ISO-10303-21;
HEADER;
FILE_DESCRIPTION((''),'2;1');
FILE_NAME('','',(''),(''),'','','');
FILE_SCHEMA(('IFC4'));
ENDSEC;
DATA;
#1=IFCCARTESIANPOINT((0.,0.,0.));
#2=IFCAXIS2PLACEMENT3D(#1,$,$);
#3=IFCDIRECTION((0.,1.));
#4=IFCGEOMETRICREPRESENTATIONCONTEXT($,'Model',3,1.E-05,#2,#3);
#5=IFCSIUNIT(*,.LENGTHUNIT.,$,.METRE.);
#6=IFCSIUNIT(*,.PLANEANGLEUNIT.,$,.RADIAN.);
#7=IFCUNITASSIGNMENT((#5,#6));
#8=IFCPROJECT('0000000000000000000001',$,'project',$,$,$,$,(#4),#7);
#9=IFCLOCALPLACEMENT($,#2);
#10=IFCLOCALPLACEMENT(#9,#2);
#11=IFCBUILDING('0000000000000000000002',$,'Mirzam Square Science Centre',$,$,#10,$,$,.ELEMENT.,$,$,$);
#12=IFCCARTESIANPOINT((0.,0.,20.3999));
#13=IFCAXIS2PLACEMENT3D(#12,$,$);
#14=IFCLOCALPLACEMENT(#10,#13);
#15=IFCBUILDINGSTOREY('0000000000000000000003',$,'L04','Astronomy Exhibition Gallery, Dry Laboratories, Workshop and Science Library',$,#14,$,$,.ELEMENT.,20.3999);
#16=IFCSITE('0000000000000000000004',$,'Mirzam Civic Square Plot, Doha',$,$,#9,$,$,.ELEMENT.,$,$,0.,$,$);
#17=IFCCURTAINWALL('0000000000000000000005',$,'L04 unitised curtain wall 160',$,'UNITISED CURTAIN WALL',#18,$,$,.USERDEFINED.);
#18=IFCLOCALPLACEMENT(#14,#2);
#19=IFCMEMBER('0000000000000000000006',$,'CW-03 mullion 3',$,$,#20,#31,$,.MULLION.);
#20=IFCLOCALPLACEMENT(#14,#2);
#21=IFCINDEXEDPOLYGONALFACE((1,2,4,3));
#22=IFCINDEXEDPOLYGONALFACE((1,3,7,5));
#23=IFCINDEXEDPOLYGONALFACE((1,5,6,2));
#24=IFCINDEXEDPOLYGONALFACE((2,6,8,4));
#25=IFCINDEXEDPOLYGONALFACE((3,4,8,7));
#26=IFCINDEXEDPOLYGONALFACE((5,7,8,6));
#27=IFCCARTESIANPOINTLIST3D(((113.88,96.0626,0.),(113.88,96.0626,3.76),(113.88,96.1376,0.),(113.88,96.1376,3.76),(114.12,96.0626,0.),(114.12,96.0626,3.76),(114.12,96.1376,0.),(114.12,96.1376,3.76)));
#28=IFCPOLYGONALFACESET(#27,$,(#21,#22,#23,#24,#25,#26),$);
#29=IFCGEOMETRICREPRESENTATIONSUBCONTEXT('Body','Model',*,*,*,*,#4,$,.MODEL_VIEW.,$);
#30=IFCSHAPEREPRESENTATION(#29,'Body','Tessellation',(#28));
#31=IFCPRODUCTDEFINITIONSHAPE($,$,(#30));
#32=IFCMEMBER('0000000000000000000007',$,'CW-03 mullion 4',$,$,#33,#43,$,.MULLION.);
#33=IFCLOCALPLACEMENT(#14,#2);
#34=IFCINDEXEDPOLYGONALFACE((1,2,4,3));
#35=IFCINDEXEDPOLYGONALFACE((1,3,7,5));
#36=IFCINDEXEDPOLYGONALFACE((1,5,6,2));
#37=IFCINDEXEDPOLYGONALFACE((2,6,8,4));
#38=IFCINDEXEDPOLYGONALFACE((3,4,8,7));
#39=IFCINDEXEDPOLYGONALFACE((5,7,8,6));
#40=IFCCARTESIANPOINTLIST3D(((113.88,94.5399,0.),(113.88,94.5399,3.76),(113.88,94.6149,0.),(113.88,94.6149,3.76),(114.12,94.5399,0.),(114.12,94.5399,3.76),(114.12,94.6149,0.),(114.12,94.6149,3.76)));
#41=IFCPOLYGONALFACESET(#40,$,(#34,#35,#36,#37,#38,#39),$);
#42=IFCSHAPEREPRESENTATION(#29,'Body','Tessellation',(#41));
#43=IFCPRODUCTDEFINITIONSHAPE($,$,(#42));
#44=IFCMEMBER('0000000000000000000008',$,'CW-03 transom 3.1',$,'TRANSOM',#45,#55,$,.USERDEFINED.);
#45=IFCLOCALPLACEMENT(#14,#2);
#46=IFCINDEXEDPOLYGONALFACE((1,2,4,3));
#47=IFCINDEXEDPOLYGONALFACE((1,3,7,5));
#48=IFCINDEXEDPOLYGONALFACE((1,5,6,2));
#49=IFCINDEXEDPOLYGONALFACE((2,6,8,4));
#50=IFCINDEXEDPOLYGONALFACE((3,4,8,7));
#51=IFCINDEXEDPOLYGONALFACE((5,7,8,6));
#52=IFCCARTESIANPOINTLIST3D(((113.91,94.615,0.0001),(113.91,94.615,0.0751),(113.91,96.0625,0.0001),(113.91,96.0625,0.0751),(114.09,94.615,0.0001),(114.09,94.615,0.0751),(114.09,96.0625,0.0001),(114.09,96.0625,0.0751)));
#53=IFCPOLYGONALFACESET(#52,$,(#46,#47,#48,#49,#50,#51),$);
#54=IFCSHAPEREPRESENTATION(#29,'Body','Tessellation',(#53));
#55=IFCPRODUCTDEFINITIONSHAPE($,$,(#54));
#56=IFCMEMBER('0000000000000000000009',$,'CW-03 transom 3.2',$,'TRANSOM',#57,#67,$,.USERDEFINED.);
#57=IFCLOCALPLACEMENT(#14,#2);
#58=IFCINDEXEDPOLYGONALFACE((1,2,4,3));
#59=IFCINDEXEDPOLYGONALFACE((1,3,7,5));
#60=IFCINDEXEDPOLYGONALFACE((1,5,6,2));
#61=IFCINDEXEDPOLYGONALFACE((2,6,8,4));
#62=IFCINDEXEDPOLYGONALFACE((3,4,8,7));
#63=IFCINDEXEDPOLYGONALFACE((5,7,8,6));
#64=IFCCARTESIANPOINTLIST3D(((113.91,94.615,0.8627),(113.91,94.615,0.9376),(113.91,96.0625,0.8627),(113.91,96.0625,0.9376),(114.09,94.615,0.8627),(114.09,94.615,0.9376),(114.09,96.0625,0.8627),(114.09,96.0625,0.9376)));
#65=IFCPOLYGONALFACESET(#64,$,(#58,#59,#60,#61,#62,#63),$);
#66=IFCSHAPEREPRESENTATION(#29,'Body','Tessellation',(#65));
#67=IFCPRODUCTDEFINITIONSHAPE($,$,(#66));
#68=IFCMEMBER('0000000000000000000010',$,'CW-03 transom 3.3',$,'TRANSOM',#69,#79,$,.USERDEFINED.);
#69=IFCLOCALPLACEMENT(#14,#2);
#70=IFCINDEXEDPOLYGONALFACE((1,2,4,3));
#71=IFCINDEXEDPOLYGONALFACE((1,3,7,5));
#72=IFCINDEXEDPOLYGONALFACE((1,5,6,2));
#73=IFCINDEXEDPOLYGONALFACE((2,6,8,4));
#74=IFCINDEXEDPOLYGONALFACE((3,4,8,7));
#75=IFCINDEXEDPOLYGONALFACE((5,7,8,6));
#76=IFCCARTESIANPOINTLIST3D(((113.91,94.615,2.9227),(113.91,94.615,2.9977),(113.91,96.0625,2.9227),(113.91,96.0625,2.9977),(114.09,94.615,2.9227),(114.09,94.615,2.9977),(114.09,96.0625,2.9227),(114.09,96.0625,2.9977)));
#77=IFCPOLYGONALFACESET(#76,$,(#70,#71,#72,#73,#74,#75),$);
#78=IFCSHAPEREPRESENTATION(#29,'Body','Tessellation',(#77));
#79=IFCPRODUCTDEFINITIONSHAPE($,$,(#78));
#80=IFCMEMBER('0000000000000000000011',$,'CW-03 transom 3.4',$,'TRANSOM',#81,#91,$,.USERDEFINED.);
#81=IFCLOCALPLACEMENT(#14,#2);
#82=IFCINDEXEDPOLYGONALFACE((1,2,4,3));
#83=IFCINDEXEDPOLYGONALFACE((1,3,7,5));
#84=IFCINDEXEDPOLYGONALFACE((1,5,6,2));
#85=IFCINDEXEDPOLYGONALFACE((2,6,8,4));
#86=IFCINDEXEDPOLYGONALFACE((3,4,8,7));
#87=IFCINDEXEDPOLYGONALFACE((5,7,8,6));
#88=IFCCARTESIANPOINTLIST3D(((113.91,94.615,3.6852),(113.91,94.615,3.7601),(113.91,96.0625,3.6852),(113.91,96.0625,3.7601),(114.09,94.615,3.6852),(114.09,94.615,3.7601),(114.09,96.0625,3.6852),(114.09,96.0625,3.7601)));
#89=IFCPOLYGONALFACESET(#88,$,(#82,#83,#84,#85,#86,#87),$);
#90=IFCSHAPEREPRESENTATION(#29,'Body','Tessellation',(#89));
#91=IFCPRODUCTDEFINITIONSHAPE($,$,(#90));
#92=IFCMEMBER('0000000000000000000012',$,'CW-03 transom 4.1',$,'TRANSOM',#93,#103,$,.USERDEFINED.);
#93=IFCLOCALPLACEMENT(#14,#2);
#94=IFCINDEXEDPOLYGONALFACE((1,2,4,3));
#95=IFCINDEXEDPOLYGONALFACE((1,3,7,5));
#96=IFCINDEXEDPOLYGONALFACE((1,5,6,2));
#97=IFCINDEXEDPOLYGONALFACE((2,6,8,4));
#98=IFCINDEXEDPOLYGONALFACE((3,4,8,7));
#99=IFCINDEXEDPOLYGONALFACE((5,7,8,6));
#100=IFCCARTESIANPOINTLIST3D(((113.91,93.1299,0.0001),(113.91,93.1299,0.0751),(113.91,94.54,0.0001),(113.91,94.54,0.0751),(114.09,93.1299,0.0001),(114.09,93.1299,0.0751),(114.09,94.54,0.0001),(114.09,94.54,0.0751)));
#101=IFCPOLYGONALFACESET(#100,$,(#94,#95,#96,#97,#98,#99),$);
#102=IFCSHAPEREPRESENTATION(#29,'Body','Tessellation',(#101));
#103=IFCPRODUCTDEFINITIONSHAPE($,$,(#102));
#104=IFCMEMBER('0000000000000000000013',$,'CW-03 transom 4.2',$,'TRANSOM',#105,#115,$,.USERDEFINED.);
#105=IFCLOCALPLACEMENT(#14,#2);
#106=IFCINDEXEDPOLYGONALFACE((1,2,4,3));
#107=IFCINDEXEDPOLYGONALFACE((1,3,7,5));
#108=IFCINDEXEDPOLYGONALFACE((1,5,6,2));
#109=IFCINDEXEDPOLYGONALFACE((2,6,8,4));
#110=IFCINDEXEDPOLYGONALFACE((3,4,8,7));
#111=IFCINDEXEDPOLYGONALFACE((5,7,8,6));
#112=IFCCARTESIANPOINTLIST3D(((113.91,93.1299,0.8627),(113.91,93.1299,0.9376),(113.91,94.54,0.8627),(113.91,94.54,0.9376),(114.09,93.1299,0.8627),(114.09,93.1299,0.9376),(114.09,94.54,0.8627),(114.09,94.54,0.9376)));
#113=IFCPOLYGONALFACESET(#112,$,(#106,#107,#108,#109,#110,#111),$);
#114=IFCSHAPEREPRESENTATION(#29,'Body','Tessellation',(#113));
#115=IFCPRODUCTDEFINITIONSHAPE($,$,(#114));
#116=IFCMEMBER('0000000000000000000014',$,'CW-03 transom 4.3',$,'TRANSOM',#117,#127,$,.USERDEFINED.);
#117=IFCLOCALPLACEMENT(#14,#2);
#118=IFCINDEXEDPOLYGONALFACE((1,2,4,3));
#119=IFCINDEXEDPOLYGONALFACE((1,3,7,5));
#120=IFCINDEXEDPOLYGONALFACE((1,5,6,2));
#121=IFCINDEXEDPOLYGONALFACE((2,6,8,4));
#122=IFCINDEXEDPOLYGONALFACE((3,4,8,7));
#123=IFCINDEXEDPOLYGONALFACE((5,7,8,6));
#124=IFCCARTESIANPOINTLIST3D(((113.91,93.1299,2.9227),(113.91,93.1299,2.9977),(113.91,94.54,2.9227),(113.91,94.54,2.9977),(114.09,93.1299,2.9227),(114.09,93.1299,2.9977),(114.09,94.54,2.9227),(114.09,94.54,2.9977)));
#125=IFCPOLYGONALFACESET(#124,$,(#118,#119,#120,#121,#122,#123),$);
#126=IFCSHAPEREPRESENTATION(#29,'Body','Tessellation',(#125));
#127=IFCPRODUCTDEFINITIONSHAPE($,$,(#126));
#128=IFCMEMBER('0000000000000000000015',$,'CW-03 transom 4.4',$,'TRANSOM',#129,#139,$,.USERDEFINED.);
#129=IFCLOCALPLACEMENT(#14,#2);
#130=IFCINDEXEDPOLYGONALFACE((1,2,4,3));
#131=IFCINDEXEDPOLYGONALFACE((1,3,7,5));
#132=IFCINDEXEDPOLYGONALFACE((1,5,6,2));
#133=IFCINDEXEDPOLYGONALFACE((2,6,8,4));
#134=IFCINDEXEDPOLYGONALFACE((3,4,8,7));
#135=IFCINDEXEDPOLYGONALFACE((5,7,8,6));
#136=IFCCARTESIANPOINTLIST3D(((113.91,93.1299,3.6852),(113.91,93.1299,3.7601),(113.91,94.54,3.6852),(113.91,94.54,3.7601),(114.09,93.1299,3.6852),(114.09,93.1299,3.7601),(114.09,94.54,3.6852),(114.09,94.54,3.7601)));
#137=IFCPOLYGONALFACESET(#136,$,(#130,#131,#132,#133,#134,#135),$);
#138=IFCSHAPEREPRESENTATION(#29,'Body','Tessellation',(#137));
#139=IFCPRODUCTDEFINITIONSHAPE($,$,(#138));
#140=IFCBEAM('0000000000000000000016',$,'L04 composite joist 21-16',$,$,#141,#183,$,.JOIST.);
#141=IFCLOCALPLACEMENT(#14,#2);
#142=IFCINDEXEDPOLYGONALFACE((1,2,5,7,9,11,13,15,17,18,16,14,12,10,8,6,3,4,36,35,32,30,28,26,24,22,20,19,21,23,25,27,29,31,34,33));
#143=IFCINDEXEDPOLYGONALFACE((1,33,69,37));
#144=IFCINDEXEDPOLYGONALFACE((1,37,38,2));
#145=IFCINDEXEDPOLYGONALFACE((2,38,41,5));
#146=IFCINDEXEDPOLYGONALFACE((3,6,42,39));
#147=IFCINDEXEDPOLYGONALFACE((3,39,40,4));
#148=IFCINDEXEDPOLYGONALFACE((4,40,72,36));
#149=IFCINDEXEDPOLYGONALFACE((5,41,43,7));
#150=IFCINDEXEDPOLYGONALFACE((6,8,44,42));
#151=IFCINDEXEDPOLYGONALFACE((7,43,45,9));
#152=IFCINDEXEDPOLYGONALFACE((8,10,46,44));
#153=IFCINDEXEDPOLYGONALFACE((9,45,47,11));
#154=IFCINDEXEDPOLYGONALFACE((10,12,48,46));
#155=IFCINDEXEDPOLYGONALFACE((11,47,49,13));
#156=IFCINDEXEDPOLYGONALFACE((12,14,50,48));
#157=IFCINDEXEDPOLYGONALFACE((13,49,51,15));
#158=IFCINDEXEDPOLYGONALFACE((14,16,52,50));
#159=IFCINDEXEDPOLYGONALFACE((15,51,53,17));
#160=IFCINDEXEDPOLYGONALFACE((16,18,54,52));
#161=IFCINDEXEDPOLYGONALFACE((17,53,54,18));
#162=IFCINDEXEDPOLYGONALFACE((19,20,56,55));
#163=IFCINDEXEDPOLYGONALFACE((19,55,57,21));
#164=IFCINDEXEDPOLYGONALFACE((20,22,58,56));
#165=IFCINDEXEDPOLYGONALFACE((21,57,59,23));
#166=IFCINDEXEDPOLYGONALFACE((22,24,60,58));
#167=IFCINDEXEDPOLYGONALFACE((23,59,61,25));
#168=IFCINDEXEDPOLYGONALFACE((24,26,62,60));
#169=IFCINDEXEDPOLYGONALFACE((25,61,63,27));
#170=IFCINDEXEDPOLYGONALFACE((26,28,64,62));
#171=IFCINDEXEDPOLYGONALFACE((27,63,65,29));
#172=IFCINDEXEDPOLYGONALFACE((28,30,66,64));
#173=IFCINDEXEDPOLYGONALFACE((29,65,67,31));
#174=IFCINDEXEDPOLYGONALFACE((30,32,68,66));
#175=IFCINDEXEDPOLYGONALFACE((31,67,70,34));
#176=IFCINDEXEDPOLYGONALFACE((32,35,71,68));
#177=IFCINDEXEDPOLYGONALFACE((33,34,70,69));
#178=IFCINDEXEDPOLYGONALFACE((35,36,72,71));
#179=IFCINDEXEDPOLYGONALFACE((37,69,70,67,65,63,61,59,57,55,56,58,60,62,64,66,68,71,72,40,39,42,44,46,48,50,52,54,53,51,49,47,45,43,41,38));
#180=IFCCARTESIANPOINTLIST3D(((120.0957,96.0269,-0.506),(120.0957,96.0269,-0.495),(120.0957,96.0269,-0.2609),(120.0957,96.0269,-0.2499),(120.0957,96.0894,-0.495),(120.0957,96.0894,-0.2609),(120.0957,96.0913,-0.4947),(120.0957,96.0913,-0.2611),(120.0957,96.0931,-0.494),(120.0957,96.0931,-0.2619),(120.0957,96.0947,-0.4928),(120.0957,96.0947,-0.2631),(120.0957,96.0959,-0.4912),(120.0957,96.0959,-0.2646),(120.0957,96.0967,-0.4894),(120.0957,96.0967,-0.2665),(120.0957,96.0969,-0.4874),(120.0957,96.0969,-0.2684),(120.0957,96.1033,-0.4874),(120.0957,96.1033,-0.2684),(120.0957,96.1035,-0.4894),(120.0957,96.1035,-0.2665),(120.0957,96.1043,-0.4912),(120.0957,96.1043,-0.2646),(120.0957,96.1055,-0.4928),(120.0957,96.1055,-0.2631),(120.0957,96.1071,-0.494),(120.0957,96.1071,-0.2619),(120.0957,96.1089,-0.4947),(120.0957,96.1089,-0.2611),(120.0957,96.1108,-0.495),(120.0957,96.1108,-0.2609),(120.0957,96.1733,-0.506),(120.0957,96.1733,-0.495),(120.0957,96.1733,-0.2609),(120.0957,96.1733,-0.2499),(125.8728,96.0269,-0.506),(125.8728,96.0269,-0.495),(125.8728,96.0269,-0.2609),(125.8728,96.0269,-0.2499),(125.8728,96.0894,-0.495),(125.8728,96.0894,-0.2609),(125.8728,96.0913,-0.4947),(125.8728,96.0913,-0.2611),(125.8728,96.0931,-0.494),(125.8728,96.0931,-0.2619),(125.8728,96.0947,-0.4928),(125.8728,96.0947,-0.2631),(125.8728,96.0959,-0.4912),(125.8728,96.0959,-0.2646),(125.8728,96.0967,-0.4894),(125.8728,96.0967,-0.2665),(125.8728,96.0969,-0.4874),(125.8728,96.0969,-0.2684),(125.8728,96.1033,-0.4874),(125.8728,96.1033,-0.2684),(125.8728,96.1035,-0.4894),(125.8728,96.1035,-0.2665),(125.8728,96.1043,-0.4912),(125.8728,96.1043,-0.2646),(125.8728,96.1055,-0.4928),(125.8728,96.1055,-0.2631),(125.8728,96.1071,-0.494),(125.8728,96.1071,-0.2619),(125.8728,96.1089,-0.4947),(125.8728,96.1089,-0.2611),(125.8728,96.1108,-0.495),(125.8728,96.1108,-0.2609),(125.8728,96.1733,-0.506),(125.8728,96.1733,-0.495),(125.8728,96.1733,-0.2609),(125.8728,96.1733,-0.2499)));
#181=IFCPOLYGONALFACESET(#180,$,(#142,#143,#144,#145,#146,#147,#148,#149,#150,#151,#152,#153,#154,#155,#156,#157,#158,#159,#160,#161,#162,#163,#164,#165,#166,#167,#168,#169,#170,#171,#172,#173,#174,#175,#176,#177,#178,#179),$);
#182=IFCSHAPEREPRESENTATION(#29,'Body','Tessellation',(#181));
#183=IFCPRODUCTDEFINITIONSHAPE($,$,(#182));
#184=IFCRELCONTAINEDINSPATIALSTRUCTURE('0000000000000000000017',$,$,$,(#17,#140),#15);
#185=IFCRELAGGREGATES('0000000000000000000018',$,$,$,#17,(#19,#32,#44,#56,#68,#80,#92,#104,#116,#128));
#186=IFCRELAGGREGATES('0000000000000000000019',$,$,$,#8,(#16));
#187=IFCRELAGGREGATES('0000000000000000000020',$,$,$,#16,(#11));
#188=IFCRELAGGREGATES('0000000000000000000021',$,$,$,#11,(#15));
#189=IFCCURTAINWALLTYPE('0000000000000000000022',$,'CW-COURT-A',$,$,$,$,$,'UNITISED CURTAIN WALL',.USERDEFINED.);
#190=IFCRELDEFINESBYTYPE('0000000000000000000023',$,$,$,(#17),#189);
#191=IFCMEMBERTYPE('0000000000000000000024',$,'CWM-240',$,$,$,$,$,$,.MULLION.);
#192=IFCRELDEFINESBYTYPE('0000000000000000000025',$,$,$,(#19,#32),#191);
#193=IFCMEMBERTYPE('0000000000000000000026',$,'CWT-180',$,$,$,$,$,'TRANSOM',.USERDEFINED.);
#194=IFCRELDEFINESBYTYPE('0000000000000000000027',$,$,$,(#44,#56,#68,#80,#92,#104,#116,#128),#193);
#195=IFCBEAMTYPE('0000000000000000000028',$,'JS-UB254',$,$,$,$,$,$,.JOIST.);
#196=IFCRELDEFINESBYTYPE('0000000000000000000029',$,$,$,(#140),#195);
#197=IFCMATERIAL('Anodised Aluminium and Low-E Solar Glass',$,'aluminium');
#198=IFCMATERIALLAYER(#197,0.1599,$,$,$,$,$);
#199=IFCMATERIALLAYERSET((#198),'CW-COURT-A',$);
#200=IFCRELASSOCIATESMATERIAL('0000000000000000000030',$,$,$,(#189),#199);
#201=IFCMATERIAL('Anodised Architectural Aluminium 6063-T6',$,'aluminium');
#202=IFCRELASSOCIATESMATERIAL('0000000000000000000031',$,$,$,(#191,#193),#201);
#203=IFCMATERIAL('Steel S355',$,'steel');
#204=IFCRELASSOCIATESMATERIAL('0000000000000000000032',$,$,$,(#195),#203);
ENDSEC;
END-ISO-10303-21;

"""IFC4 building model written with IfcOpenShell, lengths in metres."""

from ifc_helpers import new_model, si_unit, direction, frame, origin, origin_2d, place, context, subcontext, project, spatial, rectangle, i_section, extrude, material, layer, layer_set, material_profile, profile_set, type_object, element, aggregate, save


model = new_model("IFC4")

# Units and contexts
model_context = context("Model", 3, precision=1e-05, world=origin(), true_north=direction((0.0, 1.0)))
body_context = subcontext(model_context, "Body", "Model", "MODEL_VIEW")
ifc_project = project(units=[si_unit("LENGTHUNIT", "METRE"), si_unit("PLANEANGLEUNIT", "RADIAN")], contexts=[model_context])

# Site, building, storey
site_placement = place(None, origin())
site = spatial("IfcSite", under=ifc_project, at=site_placement, Name="Mirzam Civic Square Plot, Doha", CompositionType="ELEMENT", RefElevation=0.0)
building_placement = place(site_placement, origin())
building = spatial("IfcBuilding", under=site, at=building_placement, Name="Mirzam Square Science Centre", CompositionType="ELEMENT")
storey_placement = place(building_placement, frame((0.0, 0.0, 20.3999)))
storey = spatial("IfcBuildingStorey", under=building, at=storey_placement, Name="L04", Description="Astronomy Exhibition Gallery, Dry Laboratories, Workshop and Science Library", CompositionType="ELEMENT", Elevation=20.3999)

# Curtain wall, members
ifc_material_1 = material(Name="Anodised Aluminium and Low-E Solar Glass", Category="aluminium")
ifc_layer_1 = layer(ifc_material_1, 0.1599)
ifc_layer_set_1 = layer_set([ifc_layer_1], Name="CW-COURT-A")
curtain_wall_type = type_object("IfcCurtainWallType", Name="CW-COURT-A", ElementType="UNITISED CURTAIN WALL", PredefinedType="USERDEFINED", material=ifc_layer_set_1)
curtain_wall_placement = place(storey_placement, origin())
curtain_wall = element("IfcCurtainWall", 1, at=curtain_wall_placement, inside=storey, type_object=curtain_wall_type, Name="L04 unitised curtain wall 160", ObjectType="UNITISED CURTAIN WALL", PredefinedType="USERDEFINED")
ifc_material_2 = material(Name="Anodised Architectural Aluminium 6063-T6", Category="aluminium")
ifc_material_profile_1 = material_profile(ifc_material_2, rectangle(XDim=0.075, YDim=0.24, at=origin_2d()), Name="ALU-MULL-240x75x5")
ifc_profile_set_1 = profile_set([ifc_material_profile_1], Name="Anodised Architectural Aluminium 6063-T6")
member_type_1 = type_object("IfcMemberType", Name="CWM-240", PredefinedType="MULLION", material=ifc_profile_set_1)
member_1_placement = place(storey_placement, frame((114.0, 96.1001, 0.0), z_axis=(0.0, 0.0, 1.0), x_axis=(0.0, -1.0, 0.0)))
member_1 = element("IfcMember", 2, at=member_1_placement, type_object=member_type_1, Name="CW-03 mullion 3", PredefinedType="MULLION", context=body_context, shape_type="SweptSolid", body=[
    extrude(rectangle(XDim=0.075, YDim=0.24, at=origin_2d()), origin(), (0.0, 0.0, 1.0), 3.76),
])
member_2_placement = place(storey_placement, frame((114.0, 94.5774, 0.0), z_axis=(0.0, 0.0, 1.0), x_axis=(0.0, -1.0, 0.0)))
member_2 = element("IfcMember", 3, at=member_2_placement, type_object=member_type_1, Name="CW-03 mullion 4", PredefinedType="MULLION", context=body_context, shape_type="SweptSolid", body=[
    extrude(rectangle(XDim=0.075, YDim=0.24, at=origin_2d()), origin(), (0.0, 0.0, 1.0), 3.76),
])
ifc_material_profile_2 = material_profile(ifc_material_2, rectangle(XDim=0.1799, YDim=0.075, at=origin_2d()), Name="ALU-TRAN-180x75x5")
ifc_profile_set_2 = profile_set([ifc_material_profile_2], Name="Anodised Architectural Aluminium 6063-T6")
member_type_2 = type_object("IfcMemberType", Name="CWT-180", ElementType="TRANSOM", PredefinedType="USERDEFINED", material=ifc_profile_set_2)
member_3_placement = place(storey_placement, frame((114.0, 96.0625, 0.0376), z_axis=(0.0, -1.0, 0.0), x_axis=(1.0, 0.0, 0.0)))
member_3 = element("IfcMember", 4, at=member_3_placement, type_object=member_type_2, Name="CW-03 transom 3.1", ObjectType="TRANSOM", PredefinedType="USERDEFINED", context=body_context, shape_type="SweptSolid", body=[
    extrude(rectangle(XDim=0.1799, YDim=0.075, at=origin_2d()), origin(), (0.0, 0.0, 1.0), 1.4475),
])
member_4_placement = place(storey_placement, frame((114.0, 96.0625, 0.9001), z_axis=(0.0, -1.0, 0.0), x_axis=(1.0, 0.0, 0.0)))
member_4 = element("IfcMember", 5, at=member_4_placement, type_object=member_type_2, Name="CW-03 transom 3.2", ObjectType="TRANSOM", PredefinedType="USERDEFINED", context=body_context, shape_type="SweptSolid", body=[
    extrude(rectangle(XDim=0.1799, YDim=0.075, at=origin_2d()), origin(), (0.0, 0.0, 1.0), 1.4475),
])
member_5_placement = place(storey_placement, frame((114.0, 96.0625, 2.9602), z_axis=(0.0, -1.0, 0.0), x_axis=(1.0, 0.0, 0.0)))
member_5 = element("IfcMember", 6, at=member_5_placement, type_object=member_type_2, Name="CW-03 transom 3.3", ObjectType="TRANSOM", PredefinedType="USERDEFINED", context=body_context, shape_type="SweptSolid", body=[
    extrude(rectangle(XDim=0.1799, YDim=0.075, at=origin_2d()), origin(), (0.0, 0.0, 1.0), 1.4475),
])
member_6_placement = place(storey_placement, frame((114.0, 96.0625, 3.7227), z_axis=(0.0, -1.0, 0.0), x_axis=(1.0, 0.0, 0.0)))
member_6 = element("IfcMember", 7, at=member_6_placement, type_object=member_type_2, Name="CW-03 transom 3.4", ObjectType="TRANSOM", PredefinedType="USERDEFINED", context=body_context, shape_type="SweptSolid", body=[
    extrude(rectangle(XDim=0.1799, YDim=0.075, at=origin_2d()), origin(), (0.0, 0.0, 1.0), 1.4475),
])
member_7_placement = place(storey_placement, frame((114.0, 94.54, 0.0376), z_axis=(0.0, -1.0, 0.0), x_axis=(1.0, 0.0, 0.0)))
member_7 = element("IfcMember", 8, at=member_7_placement, type_object=member_type_2, Name="CW-03 transom 4.1", ObjectType="TRANSOM", PredefinedType="USERDEFINED", context=body_context, shape_type="SweptSolid", body=[
    extrude(rectangle(XDim=0.1799, YDim=0.075, at=origin_2d()), origin(), (0.0, 0.0, 1.0), 1.4102),
])
member_8_placement = place(storey_placement, frame((114.0, 94.54, 0.9001), z_axis=(0.0, -1.0, 0.0), x_axis=(1.0, 0.0, 0.0)))
member_8 = element("IfcMember", 9, at=member_8_placement, type_object=member_type_2, Name="CW-03 transom 4.2", ObjectType="TRANSOM", PredefinedType="USERDEFINED", context=body_context, shape_type="SweptSolid", body=[
    extrude(rectangle(XDim=0.1799, YDim=0.075, at=origin_2d()), origin(), (0.0, 0.0, 1.0), 1.4102),
])
member_9_placement = place(storey_placement, frame((114.0, 94.54, 2.9602), z_axis=(0.0, -1.0, 0.0), x_axis=(1.0, 0.0, 0.0)))
member_9 = element("IfcMember", 10, at=member_9_placement, type_object=member_type_2, Name="CW-03 transom 4.3", ObjectType="TRANSOM", PredefinedType="USERDEFINED", context=body_context, shape_type="SweptSolid", body=[
    extrude(rectangle(XDim=0.1799, YDim=0.075, at=origin_2d()), origin(), (0.0, 0.0, 1.0), 1.4102),
])
member_10_placement = place(storey_placement, frame((114.0, 94.54, 3.7227), z_axis=(0.0, -1.0, 0.0), x_axis=(1.0, 0.0, 0.0)))
member_10 = element("IfcMember", 11, at=member_10_placement, type_object=member_type_2, Name="CW-03 transom 4.4", ObjectType="TRANSOM", PredefinedType="USERDEFINED", context=body_context, shape_type="SweptSolid", body=[
    extrude(rectangle(XDim=0.1799, YDim=0.075, at=origin_2d()), origin(), (0.0, 0.0, 1.0), 1.4102),
])

# Beam
ifc_material_3 = material(Name="Steel S355", Category="steel")
ifc_material_profile_3 = material_profile(ifc_material_3, i_section(OverallWidth=0.1465, OverallDepth=0.2561, WebThickness=0.0063, FlangeThickness=0.011, FilletRadius=0.0076, at=origin_2d()), Name="254x146x37UB")
ifc_profile_set_3 = profile_set([ifc_material_profile_3], Name="Steel S355")
beam_type_1 = type_object("IfcBeamType", Name="JS-UB254", PredefinedType="JOIST", material=ifc_profile_set_3)
beam_1_placement = place(storey_placement, frame((120.0957, 96.1001, -0.3779), z_axis=(1.0, 0.0, 0.0), x_axis=(0.0, 1.0, 0.0)))
element("IfcBeam", 12, at=beam_1_placement, inside=storey, type_object=beam_type_1, Name="L04 composite joist 21-16", PredefinedType="JOIST", context=body_context, shape_type="SweptSolid", body=[
    extrude(i_section(OverallWidth=0.1465, OverallDepth=0.2561, WebThickness=0.0063, FlangeThickness=0.011, FilletRadius=0.0076, at=origin_2d()), origin(), (0.0, 0.0, 1.0), 5.7771),
])

aggregate(curtain_wall, [member_1, member_2, member_3, member_4, member_5, member_6, member_7, member_8, member_9, member_10])

save(model, "model.ifc")
